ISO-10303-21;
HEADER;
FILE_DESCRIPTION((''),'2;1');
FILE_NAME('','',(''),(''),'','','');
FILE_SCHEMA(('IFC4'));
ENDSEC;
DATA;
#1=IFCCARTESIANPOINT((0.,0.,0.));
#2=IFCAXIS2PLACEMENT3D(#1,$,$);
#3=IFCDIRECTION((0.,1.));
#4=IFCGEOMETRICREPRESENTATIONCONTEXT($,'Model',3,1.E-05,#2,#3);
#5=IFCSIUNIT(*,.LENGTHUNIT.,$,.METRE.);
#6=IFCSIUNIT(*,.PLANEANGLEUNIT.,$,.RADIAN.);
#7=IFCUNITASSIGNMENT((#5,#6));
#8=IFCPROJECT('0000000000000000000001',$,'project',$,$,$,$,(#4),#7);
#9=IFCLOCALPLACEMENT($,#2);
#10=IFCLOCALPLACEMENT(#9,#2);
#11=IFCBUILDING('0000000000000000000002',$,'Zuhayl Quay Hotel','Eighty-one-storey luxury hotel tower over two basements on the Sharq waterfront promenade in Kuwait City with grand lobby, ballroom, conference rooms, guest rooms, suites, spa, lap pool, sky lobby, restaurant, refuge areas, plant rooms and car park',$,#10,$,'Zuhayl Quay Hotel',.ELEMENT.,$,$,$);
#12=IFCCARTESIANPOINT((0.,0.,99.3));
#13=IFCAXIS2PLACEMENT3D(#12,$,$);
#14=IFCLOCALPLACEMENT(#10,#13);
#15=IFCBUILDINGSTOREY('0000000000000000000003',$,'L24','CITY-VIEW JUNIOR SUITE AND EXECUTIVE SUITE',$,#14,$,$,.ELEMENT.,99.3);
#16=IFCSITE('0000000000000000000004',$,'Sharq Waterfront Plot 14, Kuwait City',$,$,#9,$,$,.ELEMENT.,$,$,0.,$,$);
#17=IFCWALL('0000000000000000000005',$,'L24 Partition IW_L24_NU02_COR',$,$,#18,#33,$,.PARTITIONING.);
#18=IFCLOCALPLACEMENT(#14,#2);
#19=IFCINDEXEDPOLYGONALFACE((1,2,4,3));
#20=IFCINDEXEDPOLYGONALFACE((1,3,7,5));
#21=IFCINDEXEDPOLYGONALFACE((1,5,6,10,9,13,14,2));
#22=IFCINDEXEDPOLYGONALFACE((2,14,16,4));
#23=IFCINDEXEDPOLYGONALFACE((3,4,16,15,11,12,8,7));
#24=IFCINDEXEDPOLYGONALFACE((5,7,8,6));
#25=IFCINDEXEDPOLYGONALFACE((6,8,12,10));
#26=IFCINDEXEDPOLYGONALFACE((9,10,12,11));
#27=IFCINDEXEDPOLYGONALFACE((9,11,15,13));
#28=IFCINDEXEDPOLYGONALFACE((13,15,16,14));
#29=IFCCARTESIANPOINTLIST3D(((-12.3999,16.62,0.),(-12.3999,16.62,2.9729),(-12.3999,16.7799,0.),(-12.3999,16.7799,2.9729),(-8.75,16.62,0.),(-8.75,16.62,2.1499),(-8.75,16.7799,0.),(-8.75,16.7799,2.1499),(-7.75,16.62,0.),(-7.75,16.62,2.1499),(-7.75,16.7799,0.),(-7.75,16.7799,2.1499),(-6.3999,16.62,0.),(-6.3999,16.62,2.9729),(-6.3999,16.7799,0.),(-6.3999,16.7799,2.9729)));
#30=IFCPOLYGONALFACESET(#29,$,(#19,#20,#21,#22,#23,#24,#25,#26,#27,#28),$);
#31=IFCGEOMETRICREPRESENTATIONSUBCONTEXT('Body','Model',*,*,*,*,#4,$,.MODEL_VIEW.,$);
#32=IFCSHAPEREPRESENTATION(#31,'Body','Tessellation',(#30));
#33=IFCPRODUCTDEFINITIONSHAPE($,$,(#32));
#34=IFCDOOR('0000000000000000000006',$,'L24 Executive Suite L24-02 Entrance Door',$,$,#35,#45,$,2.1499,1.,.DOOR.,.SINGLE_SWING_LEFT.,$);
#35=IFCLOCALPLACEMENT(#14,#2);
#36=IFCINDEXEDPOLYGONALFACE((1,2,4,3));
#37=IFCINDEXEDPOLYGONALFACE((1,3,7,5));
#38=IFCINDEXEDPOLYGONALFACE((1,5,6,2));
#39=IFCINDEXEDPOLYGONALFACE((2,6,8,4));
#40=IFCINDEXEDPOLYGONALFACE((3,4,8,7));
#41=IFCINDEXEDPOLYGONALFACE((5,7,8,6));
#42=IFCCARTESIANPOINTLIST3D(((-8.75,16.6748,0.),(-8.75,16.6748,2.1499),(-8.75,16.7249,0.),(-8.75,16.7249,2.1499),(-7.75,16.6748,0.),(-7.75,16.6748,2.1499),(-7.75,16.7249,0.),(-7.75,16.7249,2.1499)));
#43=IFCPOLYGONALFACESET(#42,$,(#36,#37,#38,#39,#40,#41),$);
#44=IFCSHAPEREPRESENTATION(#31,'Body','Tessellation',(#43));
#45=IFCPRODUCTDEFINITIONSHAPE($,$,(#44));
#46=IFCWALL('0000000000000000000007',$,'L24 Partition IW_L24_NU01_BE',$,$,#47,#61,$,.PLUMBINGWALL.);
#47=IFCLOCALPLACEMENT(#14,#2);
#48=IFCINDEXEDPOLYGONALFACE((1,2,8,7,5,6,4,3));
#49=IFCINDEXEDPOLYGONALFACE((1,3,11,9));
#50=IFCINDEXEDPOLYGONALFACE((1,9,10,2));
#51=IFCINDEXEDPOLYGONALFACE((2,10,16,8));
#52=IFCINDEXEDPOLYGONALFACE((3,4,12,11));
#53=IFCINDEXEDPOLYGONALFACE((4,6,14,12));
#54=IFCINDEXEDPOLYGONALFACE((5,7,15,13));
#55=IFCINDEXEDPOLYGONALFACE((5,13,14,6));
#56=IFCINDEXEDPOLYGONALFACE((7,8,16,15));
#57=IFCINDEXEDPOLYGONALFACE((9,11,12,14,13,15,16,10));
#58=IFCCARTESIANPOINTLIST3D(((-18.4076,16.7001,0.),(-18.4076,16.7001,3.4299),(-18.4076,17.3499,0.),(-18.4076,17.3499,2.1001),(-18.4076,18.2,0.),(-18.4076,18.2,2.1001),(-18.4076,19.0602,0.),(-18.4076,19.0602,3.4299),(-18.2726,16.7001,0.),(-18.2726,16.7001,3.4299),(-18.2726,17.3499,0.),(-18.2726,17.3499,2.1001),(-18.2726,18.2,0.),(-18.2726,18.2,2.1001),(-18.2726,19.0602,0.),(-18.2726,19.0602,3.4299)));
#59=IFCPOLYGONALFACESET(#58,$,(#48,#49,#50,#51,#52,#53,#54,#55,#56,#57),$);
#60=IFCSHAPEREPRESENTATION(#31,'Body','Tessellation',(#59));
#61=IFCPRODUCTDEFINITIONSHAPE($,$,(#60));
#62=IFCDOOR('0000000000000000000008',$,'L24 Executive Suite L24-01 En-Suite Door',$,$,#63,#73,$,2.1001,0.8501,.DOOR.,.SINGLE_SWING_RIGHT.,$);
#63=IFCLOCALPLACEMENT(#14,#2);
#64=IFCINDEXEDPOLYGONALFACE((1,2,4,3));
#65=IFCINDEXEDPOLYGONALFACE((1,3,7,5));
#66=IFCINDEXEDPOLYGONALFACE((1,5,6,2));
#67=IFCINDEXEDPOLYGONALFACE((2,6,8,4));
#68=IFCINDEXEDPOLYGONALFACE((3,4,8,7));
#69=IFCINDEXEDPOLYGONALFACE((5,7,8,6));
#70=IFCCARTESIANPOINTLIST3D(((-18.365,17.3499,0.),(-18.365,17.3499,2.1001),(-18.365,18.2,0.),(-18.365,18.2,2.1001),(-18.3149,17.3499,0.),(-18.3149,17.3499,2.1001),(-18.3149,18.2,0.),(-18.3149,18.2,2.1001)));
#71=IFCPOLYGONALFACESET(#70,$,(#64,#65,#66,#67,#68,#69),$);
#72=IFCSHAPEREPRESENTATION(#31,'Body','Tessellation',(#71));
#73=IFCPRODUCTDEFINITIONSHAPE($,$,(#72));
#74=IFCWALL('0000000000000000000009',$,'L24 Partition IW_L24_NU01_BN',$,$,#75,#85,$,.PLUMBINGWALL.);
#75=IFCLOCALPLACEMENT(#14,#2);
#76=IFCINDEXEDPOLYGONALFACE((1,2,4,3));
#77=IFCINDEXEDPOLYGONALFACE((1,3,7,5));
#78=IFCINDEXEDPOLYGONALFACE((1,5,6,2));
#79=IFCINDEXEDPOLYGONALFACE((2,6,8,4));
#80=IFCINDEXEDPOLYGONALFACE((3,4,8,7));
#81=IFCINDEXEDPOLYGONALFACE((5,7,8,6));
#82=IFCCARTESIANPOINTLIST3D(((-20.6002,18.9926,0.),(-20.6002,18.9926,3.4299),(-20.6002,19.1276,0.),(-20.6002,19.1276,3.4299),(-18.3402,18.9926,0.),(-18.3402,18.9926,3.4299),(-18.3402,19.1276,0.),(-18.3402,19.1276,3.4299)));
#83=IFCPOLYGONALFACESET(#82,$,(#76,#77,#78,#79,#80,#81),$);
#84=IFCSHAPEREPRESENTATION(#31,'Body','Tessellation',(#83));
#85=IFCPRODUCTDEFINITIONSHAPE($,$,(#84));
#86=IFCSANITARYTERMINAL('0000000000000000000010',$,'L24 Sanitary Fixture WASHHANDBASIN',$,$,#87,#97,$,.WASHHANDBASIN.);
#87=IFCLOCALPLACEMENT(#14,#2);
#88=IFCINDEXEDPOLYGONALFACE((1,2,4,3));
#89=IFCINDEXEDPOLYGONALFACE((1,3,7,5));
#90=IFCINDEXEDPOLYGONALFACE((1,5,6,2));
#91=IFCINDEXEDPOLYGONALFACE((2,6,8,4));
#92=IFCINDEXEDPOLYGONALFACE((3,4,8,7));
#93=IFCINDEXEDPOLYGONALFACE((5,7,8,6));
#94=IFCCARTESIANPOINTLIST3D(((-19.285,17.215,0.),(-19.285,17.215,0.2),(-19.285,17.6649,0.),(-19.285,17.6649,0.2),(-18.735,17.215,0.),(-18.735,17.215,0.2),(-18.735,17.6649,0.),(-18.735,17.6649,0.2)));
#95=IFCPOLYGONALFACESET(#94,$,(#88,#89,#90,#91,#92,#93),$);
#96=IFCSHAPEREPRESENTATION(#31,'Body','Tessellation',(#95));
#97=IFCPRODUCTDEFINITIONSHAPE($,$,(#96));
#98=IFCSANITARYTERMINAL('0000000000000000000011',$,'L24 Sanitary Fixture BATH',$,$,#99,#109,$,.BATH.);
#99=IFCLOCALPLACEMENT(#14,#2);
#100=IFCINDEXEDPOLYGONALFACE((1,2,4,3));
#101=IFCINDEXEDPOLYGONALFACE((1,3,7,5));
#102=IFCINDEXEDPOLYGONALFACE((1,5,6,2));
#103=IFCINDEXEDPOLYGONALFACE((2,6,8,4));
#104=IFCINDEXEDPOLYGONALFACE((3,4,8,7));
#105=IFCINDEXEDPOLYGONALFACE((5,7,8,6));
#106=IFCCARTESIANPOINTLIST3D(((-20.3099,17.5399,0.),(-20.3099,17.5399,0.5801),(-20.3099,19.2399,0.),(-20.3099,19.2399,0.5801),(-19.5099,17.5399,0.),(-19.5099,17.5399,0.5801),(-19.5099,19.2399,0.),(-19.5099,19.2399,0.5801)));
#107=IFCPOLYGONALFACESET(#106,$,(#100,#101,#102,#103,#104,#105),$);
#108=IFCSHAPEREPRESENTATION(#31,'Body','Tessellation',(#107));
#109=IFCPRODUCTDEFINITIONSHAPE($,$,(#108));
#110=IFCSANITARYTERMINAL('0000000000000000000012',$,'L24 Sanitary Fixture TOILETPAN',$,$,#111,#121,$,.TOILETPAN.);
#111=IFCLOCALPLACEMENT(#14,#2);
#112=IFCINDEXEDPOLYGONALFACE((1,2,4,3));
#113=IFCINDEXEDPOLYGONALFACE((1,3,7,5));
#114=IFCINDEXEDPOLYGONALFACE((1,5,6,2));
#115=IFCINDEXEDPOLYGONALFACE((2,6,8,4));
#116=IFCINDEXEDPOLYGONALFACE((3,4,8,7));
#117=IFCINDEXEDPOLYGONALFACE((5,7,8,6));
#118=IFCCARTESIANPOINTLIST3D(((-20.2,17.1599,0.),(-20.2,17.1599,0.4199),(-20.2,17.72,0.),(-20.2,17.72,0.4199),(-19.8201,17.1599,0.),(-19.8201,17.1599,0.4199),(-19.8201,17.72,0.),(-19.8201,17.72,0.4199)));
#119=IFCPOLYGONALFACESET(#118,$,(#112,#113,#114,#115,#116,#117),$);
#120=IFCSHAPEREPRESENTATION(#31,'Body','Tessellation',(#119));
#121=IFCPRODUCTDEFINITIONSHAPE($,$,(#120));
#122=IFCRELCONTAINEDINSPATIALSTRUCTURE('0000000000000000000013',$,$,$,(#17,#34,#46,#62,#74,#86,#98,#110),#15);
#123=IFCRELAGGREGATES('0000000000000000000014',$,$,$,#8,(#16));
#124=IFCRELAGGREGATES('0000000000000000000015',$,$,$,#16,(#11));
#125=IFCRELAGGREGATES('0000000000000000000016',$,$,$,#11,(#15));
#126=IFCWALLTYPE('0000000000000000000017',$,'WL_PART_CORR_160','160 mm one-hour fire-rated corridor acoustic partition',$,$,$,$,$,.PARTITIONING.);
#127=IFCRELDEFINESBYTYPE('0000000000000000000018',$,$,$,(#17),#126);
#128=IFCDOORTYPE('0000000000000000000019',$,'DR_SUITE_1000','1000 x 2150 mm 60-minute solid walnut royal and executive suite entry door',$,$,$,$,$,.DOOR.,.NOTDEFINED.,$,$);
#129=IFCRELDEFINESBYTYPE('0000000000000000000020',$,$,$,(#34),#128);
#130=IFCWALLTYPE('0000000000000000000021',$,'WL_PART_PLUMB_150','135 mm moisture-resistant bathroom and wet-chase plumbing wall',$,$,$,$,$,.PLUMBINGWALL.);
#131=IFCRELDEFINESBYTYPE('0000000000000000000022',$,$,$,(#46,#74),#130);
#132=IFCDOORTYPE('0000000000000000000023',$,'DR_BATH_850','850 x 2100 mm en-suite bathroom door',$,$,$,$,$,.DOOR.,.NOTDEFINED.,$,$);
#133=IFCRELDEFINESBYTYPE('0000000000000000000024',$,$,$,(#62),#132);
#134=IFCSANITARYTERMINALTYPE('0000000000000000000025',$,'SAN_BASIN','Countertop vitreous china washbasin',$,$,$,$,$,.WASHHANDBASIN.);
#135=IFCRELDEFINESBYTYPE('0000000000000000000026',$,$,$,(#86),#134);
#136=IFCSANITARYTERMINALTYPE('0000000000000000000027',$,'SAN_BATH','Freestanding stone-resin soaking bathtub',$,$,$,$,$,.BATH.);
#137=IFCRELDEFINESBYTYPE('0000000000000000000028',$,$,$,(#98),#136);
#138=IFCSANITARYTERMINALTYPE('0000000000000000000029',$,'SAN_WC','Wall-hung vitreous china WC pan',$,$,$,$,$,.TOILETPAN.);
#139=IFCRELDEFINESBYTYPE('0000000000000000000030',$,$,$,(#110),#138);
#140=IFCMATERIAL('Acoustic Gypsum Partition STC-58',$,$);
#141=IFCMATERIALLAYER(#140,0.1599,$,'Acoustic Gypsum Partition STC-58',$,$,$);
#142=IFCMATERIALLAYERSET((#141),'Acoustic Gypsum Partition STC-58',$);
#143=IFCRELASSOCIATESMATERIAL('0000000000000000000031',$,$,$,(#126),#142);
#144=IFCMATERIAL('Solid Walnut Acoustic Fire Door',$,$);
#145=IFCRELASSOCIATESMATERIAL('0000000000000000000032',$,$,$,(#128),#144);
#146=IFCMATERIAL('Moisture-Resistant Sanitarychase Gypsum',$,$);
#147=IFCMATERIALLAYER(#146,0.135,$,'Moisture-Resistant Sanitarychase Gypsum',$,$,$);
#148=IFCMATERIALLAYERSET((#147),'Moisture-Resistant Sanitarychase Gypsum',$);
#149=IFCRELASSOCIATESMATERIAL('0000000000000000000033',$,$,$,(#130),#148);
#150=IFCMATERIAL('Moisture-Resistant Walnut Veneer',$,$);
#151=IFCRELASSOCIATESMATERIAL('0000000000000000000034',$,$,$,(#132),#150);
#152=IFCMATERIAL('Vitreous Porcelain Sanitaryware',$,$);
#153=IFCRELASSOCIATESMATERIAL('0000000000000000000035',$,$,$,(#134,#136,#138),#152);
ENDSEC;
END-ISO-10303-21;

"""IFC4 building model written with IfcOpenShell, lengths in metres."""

from ifc_helpers import new_model, si_unit, direction, frame, frame_2d, origin, origin_2d, place, context, subcontext, project, spatial, rectangle, extrude, material, layer, layer_set, type_object, element, fill, save


model = new_model("IFC4")

# Units and contexts
model_context = context("Model", 3, precision=1e-05, world=origin(), true_north=direction((0.0, 1.0)))
body_context = subcontext(model_context, "Body", "Model", "MODEL_VIEW")
ifc_project = project(units=[si_unit("LENGTHUNIT", "METRE"), si_unit("PLANEANGLEUNIT", "RADIAN")], contexts=[model_context])

# Site, building, storey
site_placement = place(None, origin())
site = spatial("IfcSite", under=ifc_project, at=site_placement, Name="Sharq Waterfront Plot 14, Kuwait City", CompositionType="ELEMENT", RefElevation=0.0)
building_placement = place(site_placement, origin())
building = spatial("IfcBuilding", under=site, at=building_placement, Name="Zuhayl Quay Hotel", Description="Eighty-one-storey luxury hotel tower over two basements on the Sharq waterfront promenade in Kuwait City with grand lobby, ballroom, conference rooms, guest rooms, suites, spa, lap pool, sky lobby, restaurant, refuge areas, plant rooms and car park", LongName="Zuhayl Quay Hotel", CompositionType="ELEMENT")
storey_placement = place(building_placement, frame((0.0, 0.0, 99.3)))
storey = spatial("IfcBuildingStorey", under=building, at=storey_placement, Name="L24", Description="CITY-VIEW JUNIOR SUITE AND EXECUTIVE SUITE", CompositionType="ELEMENT", Elevation=99.3)

# Walls, openings, doors
ifc_material_1 = material(Name="Acoustic Gypsum Partition STC-58")
ifc_layer_1 = layer(ifc_material_1, 0.1599, Name="Acoustic Gypsum Partition STC-58")
ifc_layer_set_1 = layer_set([ifc_layer_1], Name="Acoustic Gypsum Partition STC-58")
wall_type_1 = type_object("IfcWallType", Name="WL_PART_CORR_160", Description="160 mm one-hour fire-rated corridor acoustic partition", PredefinedType="PARTITIONING", material=ifc_layer_set_1)
wall_1_placement = place(storey_placement, frame((-12.3999, 16.7, 0.0), z_axis=(0.0, 0.0, 1.0), x_axis=(1.0, 0.0, 0.0)))
wall_1 = element("IfcWall", 1, at=wall_1_placement, inside=storey, type_object=wall_type_1, Name="L24 Partition IW_L24_NU02_COR", PredefinedType="PARTITIONING", context=body_context, shape_type="SweptSolid", body=[
    extrude(rectangle(XDim=6.0, YDim=0.1599, at=frame_2d((3.0, 0.0))), origin(), (0.0, 0.0, 1.0), 2.9729),
])
opening_1_placement = place(wall_1_placement, frame((3.6499, 0.0, 0.0)))
opening_1 = element("IfcOpeningElement", 2, at=opening_1_placement, cuts=wall_1, PredefinedType="OPENING", context=body_context, shape_type="SweptSolid", body=[
    extrude(rectangle(XDim=1.0, YDim=2.1499, at=frame_2d((0.5, 1.075))), frame((0.0, 0.0898, 0.0), z_axis=(0.0, -1.0, 0.0), x_axis=(1.0, 0.0, 0.0)), (0.0, 0.0, 1.0), 0.1799),
])
ifc_material_2 = material(Name="Solid Walnut Acoustic Fire Door")
door_type_1 = type_object("IfcDoorType", Name="DR_SUITE_1000", Description="1000 x 2150 mm 60-minute solid walnut royal and executive suite entry door", OperationType="NOTDEFINED", PredefinedType="DOOR", material=ifc_material_2)
door_1_placement = place(opening_1_placement, origin())
door_1 = element("IfcDoor", 3, at=door_1_placement, inside=storey, type_object=door_type_1, Name="L24 Executive Suite L24-02 Entrance Door", OperationType="SINGLE_SWING_LEFT", OverallHeight=2.1499, OverallWidth=1.0, PredefinedType="DOOR", context=body_context, shape_type="SweptSolid", body=[
    extrude(rectangle(XDim=1.0, YDim=2.1499, at=frame_2d((0.5, 1.075))), frame((0.0, 0.0249, 0.0), z_axis=(0.0, -1.0, 0.0), x_axis=(1.0, 0.0, 0.0)), (0.0, 0.0, 1.0), 0.05),
])
fill(opening_1, door_1)
ifc_material_3 = material(Name="Moisture-Resistant Sanitarychase Gypsum")
ifc_layer_2 = layer(ifc_material_3, 0.135, Name="Moisture-Resistant Sanitarychase Gypsum")
ifc_layer_set_2 = layer_set([ifc_layer_2], Name="Moisture-Resistant Sanitarychase Gypsum")
wall_type_2 = type_object("IfcWallType", Name="WL_PART_PLUMB_150", Description="135 mm moisture-resistant bathroom and wet-chase plumbing wall", PredefinedType="PLUMBINGWALL", material=ifc_layer_set_2)
wall_2_placement = place(storey_placement, frame((-18.3401, 16.7, 0.0), z_axis=(0.0, 0.0, 1.0), x_axis=(0.0, 1.0, 0.0)))
wall_2 = element("IfcWall", 4, at=wall_2_placement, inside=storey, type_object=wall_type_2, Name="L24 Partition IW_L24_NU01_BE", PredefinedType="PLUMBINGWALL", context=body_context, shape_type="SweptSolid", body=[
    extrude(rectangle(XDim=2.3601, YDim=0.135, at=frame_2d((1.1802, 0.0))), origin(), (0.0, 0.0, 1.0), 3.4299),
])
opening_2_placement = place(wall_2_placement, frame((0.6499, 0.0, 0.0)))
opening_2 = element("IfcOpeningElement", 5, at=opening_2_placement, cuts=wall_2, PredefinedType="OPENING", context=body_context, shape_type="SweptSolid", body=[
    extrude(rectangle(XDim=0.8501, YDim=2.1001, at=frame_2d((0.425, 1.05))), frame((0.0, 0.0774, 0.0), z_axis=(0.0, -1.0, 0.0), x_axis=(1.0, 0.0, 0.0)), (0.0, 0.0, 1.0), 0.155),
])
ifc_material_4 = material(Name="Moisture-Resistant Walnut Veneer")
door_type_2 = type_object("IfcDoorType", Name="DR_BATH_850", Description="850 x 2100 mm en-suite bathroom door", OperationType="NOTDEFINED", PredefinedType="DOOR", material=ifc_material_4)
door_2_placement = place(opening_2_placement, origin())
door_2 = element("IfcDoor", 6, at=door_2_placement, inside=storey, type_object=door_type_2, Name="L24 Executive Suite L24-01 En-Suite Door", OperationType="SINGLE_SWING_RIGHT", OverallHeight=2.1001, OverallWidth=0.8501, PredefinedType="DOOR", context=body_context, shape_type="SweptSolid", body=[
    extrude(rectangle(XDim=0.8501, YDim=2.1001, at=frame_2d((0.425, 1.05))), frame((0.0, 0.0249, 0.0), z_axis=(0.0, -1.0, 0.0), x_axis=(1.0, 0.0, 0.0)), (0.0, 0.0, 1.0), 0.05),
])
fill(opening_2, door_2)

# Wall
wall_3_placement = place(storey_placement, frame((-20.6001, 19.0601, 0.0), z_axis=(0.0, 0.0, 1.0), x_axis=(1.0, 0.0, 0.0)))
element("IfcWall", 7, at=wall_3_placement, inside=storey, type_object=wall_type_2, Name="L24 Partition IW_L24_NU01_BN", PredefinedType="PLUMBINGWALL", context=body_context, shape_type="SweptSolid", body=[
    extrude(rectangle(XDim=2.26, YDim=0.135, at=frame_2d((1.1299, 0.0))), origin(), (0.0, 0.0, 1.0), 3.4299),
])

# Sanitary terminals
ifc_material_5 = material(Name="Vitreous Porcelain Sanitaryware")
sanitary_terminal_type_1 = type_object("IfcSanitaryTerminalType", Name="SAN_BASIN", Description="Countertop vitreous china washbasin", PredefinedType="WASHHANDBASIN", material=ifc_material_5)
sanitary_terminal_1_placement = place(storey_placement, frame((-19.01, 17.4399, 0.0), z_axis=(0.0, 0.0, 1.0), x_axis=(1.0, 0.0, 0.0)))
element("IfcSanitaryTerminal", 8, at=sanitary_terminal_1_placement, inside=storey, type_object=sanitary_terminal_type_1, Name="L24 Sanitary Fixture WASHHANDBASIN", PredefinedType="WASHHANDBASIN", context=body_context, shape_type="SweptSolid", body=[
    extrude(rectangle(XDim=0.55, YDim=0.45, at=origin_2d()), origin(), (0.0, 0.0, 1.0), 0.2),
])
sanitary_terminal_type_2 = type_object("IfcSanitaryTerminalType", Name="SAN_BATH", Description="Freestanding stone-resin soaking bathtub", PredefinedType="BATH", material=ifc_material_5)
sanitary_terminal_2_placement = place(storey_placement, frame((-19.9099, 18.3899, 0.0), z_axis=(0.0, 0.0, 1.0), x_axis=(1.0, 0.0, 0.0)))
element("IfcSanitaryTerminal", 9, at=sanitary_terminal_2_placement, inside=storey, type_object=sanitary_terminal_type_2, Name="L24 Sanitary Fixture BATH", PredefinedType="BATH", context=body_context, shape_type="SweptSolid", body=[
    extrude(rectangle(XDim=0.8, YDim=1.7, at=origin_2d()), origin(), (0.0, 0.0, 1.0), 0.5801),
])
sanitary_terminal_type_3 = type_object("IfcSanitaryTerminalType", Name="SAN_WC", Description="Wall-hung vitreous china WC pan", PredefinedType="TOILETPAN", material=ifc_material_5)
sanitary_terminal_3_placement = place(storey_placement, frame((-20.01, 17.4399, 0.0), z_axis=(0.0, 0.0, 1.0), x_axis=(1.0, 0.0, 0.0)))
element("IfcSanitaryTerminal", 10, at=sanitary_terminal_3_placement, inside=storey, type_object=sanitary_terminal_type_3, Name="L24 Sanitary Fixture TOILETPAN", PredefinedType="TOILETPAN", context=body_context, shape_type="SweptSolid", body=[
    extrude(rectangle(XDim=0.3799, YDim=0.5601, at=origin_2d()), origin(), (0.0, 0.0, 1.0), 0.4199),
])

save(model, "model.ifc")
